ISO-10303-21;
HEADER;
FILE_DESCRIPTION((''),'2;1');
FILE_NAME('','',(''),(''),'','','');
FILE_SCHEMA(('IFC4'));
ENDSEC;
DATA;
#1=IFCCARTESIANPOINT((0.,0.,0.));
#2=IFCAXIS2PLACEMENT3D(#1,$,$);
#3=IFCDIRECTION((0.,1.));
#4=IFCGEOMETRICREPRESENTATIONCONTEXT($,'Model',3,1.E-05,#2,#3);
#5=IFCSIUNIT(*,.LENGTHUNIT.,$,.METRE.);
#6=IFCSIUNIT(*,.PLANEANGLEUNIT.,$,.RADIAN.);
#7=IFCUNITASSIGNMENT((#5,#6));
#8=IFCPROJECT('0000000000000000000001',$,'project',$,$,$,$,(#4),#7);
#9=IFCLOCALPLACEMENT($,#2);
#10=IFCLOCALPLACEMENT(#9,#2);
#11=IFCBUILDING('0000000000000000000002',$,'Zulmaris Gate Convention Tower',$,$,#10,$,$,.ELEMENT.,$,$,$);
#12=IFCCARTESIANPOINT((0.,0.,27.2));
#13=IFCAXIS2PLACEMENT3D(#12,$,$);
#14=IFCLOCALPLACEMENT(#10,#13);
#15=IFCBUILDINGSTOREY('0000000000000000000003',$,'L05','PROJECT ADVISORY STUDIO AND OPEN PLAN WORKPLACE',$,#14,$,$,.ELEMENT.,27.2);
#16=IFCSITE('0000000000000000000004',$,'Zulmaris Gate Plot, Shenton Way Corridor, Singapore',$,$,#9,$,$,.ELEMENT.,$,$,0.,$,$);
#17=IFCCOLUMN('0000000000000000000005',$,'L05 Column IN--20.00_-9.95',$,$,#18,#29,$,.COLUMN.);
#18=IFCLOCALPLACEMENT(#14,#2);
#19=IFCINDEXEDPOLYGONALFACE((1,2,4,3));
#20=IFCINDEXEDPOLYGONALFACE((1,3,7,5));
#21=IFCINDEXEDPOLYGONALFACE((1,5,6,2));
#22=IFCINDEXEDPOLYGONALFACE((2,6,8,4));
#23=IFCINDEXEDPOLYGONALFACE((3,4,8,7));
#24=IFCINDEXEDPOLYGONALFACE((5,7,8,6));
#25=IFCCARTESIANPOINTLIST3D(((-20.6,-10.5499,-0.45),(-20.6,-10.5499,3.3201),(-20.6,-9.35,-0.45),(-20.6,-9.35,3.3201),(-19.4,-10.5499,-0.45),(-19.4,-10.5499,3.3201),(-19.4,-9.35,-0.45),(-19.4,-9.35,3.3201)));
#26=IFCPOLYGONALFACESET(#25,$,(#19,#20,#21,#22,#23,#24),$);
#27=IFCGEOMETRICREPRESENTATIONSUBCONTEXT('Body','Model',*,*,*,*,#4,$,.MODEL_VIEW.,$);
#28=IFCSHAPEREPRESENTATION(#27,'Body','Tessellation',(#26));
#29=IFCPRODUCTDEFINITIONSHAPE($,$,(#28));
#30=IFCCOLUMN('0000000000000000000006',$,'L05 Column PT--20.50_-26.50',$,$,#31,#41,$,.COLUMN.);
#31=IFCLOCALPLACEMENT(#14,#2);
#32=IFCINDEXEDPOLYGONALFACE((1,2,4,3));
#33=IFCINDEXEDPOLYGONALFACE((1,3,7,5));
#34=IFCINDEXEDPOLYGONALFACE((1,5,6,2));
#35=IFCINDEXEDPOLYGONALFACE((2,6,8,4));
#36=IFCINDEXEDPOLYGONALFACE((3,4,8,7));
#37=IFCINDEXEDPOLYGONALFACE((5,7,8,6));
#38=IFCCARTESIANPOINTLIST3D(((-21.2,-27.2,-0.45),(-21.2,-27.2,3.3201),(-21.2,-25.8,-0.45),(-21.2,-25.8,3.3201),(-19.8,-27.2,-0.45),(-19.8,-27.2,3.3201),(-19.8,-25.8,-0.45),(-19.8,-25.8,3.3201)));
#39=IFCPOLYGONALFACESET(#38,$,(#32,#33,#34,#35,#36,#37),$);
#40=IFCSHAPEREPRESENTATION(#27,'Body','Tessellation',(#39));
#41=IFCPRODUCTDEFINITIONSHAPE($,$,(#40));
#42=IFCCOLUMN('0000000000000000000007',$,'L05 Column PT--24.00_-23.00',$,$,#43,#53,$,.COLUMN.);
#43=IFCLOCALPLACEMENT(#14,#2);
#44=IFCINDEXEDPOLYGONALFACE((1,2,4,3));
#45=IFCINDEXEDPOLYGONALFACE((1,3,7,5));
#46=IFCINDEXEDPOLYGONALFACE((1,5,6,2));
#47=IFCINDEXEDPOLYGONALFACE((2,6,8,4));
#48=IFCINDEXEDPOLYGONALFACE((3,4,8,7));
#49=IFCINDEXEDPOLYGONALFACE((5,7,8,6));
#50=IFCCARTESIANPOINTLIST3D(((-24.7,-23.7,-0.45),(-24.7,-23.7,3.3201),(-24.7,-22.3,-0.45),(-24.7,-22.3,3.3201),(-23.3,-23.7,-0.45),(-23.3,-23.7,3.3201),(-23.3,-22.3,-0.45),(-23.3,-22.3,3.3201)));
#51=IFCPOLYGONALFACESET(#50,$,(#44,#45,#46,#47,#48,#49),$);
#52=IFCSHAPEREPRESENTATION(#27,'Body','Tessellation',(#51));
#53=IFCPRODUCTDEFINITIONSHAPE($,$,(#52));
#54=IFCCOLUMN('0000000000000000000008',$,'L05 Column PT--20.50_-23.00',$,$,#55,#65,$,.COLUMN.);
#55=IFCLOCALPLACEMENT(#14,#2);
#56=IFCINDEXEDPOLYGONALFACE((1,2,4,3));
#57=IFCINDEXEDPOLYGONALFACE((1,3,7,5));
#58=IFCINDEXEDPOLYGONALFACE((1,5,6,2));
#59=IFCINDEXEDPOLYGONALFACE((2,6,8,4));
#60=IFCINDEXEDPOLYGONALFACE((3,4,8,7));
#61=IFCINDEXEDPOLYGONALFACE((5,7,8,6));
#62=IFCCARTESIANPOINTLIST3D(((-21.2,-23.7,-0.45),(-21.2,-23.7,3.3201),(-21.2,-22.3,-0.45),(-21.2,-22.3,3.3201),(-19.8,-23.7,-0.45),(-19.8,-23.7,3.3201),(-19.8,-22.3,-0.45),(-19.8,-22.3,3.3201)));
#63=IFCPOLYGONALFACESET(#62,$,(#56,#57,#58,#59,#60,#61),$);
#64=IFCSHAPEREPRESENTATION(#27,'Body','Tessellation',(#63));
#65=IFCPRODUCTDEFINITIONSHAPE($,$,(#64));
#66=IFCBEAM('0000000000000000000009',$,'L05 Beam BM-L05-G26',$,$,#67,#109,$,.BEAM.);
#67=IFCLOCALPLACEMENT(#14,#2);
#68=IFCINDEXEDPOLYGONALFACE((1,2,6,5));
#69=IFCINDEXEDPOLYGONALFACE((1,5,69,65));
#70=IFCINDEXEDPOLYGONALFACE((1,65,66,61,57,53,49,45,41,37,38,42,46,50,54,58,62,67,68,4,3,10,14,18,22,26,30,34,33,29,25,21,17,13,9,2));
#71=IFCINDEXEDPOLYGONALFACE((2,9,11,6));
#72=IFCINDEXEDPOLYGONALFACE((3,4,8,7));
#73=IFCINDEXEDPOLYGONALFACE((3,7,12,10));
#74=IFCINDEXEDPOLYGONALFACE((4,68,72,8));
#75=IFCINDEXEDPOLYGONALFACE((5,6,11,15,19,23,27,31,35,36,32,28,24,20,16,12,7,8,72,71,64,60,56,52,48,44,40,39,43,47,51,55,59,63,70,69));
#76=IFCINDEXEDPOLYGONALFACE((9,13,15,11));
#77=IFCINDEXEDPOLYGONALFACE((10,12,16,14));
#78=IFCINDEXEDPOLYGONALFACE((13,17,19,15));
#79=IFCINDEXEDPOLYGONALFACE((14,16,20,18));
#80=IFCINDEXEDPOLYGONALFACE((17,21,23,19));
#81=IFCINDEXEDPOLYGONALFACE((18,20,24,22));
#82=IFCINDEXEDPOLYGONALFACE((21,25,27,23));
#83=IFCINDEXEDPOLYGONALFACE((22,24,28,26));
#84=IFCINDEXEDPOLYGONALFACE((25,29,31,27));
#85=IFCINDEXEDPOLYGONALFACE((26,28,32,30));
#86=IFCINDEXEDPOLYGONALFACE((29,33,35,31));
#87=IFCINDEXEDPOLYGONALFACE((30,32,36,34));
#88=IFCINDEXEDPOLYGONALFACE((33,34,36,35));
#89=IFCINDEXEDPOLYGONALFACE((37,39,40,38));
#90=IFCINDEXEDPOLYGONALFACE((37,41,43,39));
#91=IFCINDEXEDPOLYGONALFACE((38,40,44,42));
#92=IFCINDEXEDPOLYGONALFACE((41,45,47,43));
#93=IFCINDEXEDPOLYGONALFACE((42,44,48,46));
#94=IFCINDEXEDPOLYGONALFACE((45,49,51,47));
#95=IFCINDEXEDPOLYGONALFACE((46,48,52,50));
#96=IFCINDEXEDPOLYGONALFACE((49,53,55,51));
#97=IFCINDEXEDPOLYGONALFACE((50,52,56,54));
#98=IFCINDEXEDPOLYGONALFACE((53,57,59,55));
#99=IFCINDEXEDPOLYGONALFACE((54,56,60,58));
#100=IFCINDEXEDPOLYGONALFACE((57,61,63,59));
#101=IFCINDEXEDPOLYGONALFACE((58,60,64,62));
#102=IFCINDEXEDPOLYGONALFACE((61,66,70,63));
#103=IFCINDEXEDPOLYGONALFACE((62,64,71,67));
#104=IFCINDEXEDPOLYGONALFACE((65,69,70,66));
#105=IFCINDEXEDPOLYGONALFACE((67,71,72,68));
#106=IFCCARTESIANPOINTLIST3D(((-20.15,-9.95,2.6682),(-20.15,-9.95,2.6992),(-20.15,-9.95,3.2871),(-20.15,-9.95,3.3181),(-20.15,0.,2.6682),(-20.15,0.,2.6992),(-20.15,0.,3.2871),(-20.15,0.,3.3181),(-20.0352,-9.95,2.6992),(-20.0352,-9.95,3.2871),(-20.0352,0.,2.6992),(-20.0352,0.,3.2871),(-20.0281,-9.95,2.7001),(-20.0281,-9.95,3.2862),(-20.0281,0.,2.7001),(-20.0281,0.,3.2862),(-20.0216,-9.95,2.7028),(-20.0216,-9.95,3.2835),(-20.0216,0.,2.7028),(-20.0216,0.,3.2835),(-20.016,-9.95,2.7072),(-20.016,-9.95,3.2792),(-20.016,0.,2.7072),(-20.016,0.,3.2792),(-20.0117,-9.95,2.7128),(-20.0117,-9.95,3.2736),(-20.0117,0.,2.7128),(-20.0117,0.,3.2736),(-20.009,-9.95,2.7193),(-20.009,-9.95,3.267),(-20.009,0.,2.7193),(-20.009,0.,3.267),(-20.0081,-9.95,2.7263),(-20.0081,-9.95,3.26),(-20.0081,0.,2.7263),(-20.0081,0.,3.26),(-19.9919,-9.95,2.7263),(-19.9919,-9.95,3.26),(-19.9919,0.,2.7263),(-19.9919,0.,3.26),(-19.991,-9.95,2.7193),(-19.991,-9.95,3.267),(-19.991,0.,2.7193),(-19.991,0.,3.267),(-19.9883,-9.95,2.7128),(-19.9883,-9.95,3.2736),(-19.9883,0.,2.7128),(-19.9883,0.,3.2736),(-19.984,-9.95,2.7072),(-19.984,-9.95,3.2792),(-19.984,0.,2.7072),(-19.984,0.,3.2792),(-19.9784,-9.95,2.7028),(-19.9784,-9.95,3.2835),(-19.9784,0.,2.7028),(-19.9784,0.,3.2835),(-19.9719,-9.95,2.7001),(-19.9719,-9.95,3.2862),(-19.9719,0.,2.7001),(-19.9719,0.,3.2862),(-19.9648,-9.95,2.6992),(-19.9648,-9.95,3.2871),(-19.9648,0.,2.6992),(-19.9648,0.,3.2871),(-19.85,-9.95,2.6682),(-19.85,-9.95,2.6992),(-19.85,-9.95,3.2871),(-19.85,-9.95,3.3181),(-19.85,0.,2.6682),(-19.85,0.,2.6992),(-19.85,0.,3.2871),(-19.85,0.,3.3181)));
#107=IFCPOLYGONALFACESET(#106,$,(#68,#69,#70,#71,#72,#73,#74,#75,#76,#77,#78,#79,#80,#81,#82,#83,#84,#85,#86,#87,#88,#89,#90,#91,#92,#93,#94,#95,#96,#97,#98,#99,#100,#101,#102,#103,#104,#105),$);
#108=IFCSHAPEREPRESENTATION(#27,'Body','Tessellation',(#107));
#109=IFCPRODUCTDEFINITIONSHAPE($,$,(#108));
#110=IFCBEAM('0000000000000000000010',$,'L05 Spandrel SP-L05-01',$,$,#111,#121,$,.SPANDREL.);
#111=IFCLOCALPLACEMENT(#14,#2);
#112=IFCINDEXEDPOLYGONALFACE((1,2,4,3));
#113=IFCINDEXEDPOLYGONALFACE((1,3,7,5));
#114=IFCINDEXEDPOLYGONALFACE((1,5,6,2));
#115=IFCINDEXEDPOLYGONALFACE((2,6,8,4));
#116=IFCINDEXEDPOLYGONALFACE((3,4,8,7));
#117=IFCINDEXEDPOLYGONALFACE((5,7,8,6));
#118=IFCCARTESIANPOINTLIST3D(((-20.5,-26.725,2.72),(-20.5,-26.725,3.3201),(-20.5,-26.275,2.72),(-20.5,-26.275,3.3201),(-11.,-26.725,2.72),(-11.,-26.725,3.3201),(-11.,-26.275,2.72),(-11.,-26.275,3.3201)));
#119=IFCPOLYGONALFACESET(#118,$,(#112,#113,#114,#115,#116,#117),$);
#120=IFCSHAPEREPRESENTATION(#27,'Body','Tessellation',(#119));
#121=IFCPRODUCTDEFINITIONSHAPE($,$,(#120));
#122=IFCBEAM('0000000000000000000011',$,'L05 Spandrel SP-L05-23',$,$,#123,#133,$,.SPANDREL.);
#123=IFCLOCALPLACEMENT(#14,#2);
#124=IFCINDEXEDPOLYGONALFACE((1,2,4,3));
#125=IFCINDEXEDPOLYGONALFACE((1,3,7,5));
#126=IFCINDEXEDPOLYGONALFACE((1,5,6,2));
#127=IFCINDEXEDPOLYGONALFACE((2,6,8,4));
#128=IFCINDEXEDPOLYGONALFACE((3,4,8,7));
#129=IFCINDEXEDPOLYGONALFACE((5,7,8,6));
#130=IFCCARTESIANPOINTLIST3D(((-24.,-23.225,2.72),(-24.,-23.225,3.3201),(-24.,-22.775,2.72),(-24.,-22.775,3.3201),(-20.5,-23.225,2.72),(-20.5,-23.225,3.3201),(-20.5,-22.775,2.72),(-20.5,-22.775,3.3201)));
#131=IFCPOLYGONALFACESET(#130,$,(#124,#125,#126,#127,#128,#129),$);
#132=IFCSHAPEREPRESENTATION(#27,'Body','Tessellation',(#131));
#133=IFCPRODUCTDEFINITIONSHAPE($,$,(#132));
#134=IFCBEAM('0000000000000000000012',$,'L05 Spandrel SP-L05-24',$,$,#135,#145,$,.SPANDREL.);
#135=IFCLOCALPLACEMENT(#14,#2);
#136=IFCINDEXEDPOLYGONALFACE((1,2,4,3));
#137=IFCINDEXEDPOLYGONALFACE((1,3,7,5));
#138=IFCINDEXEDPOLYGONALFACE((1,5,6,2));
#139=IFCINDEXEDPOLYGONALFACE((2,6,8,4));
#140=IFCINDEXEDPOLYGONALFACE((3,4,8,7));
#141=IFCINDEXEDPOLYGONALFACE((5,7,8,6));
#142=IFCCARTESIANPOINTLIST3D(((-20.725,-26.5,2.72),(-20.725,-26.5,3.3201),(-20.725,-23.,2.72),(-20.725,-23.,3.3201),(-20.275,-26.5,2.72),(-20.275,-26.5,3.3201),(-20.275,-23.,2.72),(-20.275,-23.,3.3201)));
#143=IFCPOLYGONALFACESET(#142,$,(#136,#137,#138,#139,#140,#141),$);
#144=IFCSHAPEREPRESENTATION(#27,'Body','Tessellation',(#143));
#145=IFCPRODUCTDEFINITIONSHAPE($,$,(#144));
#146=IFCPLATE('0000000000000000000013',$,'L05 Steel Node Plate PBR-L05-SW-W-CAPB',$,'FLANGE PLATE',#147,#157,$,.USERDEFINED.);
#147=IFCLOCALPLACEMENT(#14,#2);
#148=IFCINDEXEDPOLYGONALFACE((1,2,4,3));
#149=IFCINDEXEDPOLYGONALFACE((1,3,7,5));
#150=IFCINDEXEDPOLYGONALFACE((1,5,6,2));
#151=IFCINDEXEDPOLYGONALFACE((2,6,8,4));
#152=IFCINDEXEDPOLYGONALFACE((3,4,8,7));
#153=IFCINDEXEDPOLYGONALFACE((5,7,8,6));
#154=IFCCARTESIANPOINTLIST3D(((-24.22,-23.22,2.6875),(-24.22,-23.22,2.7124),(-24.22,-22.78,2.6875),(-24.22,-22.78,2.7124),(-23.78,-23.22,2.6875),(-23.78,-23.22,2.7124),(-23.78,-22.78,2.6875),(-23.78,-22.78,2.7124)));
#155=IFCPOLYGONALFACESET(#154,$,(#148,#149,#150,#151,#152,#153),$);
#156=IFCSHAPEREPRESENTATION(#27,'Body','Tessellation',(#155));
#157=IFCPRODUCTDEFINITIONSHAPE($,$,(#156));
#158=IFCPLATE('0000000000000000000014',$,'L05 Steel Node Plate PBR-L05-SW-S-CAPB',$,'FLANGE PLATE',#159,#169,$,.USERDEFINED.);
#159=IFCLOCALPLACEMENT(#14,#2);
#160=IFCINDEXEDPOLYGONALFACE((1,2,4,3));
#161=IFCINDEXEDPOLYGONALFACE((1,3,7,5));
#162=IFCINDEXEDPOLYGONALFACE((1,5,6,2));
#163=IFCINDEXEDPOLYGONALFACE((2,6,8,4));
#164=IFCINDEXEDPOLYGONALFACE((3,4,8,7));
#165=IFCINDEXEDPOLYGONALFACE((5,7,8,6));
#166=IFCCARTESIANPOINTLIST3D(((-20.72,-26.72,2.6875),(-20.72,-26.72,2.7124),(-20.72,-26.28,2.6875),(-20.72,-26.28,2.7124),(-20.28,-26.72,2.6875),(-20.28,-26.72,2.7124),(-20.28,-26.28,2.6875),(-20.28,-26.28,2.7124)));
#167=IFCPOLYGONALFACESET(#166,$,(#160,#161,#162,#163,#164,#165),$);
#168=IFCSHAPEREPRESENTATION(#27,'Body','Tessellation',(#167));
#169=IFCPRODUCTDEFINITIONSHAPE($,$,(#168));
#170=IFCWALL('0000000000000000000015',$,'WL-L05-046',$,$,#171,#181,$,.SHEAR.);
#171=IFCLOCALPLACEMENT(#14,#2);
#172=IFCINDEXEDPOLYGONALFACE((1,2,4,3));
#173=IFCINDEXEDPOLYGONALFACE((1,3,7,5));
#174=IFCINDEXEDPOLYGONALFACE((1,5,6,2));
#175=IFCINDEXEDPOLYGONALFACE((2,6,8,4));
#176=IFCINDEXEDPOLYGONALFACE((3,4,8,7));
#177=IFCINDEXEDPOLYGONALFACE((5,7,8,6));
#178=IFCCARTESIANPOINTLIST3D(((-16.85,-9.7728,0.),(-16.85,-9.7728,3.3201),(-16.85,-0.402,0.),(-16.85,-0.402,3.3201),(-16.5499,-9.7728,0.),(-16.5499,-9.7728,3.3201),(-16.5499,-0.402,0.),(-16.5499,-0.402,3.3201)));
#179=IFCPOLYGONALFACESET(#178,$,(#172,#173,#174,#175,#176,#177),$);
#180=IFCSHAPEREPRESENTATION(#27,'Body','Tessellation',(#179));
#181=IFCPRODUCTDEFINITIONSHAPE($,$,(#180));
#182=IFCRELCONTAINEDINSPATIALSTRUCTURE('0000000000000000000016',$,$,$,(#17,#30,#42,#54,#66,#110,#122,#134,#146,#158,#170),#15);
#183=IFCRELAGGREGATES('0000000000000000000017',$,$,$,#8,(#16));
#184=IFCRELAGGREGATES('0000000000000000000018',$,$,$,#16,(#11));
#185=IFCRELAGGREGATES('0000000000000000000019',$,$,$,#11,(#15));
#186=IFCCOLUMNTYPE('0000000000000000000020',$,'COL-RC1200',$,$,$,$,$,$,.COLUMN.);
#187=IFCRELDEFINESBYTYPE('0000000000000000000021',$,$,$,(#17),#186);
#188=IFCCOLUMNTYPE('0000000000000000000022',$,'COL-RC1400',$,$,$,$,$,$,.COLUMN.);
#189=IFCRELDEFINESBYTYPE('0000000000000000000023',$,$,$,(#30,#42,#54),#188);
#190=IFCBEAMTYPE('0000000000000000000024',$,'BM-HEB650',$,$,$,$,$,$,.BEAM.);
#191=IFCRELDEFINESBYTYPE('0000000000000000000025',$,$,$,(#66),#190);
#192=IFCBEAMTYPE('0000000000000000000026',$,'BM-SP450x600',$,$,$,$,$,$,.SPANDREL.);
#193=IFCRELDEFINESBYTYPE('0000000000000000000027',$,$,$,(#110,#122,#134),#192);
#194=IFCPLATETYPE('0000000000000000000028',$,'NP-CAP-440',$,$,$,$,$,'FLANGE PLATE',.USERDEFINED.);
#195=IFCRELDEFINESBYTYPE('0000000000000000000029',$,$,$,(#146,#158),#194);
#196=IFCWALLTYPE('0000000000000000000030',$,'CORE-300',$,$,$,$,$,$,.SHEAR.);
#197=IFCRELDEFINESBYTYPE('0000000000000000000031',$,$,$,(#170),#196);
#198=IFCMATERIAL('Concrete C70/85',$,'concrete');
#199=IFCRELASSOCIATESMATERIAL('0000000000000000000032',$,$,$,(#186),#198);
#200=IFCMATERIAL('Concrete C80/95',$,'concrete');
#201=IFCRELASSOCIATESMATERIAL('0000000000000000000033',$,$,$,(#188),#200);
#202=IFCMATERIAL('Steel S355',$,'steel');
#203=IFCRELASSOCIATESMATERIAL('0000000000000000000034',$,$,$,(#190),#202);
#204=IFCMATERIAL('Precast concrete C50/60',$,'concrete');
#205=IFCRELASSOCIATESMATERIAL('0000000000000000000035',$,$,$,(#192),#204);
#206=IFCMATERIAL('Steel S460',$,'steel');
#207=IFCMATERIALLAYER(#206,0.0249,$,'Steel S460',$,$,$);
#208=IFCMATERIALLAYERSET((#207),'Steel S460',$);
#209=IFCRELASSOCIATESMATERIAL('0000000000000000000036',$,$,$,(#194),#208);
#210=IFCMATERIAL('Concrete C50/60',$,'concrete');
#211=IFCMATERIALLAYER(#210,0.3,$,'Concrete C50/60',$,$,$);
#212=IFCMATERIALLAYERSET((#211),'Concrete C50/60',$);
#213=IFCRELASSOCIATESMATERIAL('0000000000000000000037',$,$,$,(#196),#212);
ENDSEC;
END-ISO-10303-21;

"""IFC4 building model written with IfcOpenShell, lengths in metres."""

from ifc_helpers import new_model, si_unit, direction, frame, frame_2d, origin, origin_2d, place, context, subcontext, project, spatial, rectangle, i_section, extrude, material, layer, layer_set, material_profile, profile_set, type_object, element, save


model = new_model("IFC4")

# Units and contexts
model_context = context("Model", 3, precision=1e-05, world=origin(), true_north=direction((0.0, 1.0)))
body_context = subcontext(model_context, "Body", "Model", "MODEL_VIEW")
ifc_project = project(units=[si_unit("LENGTHUNIT", "METRE"), si_unit("PLANEANGLEUNIT", "RADIAN")], contexts=[model_context])

# Site, building, storey
site_placement = place(None, origin())
site = spatial("IfcSite", under=ifc_project, at=site_placement, Name="Zulmaris Gate Plot, Shenton Way Corridor, Singapore", CompositionType="ELEMENT", RefElevation=0.0)
building_placement = place(site_placement, origin())
building = spatial("IfcBuilding", under=site, at=building_placement, Name="Zulmaris Gate Convention Tower", CompositionType="ELEMENT")
storey_placement = place(building_placement, frame((0.0, 0.0, 27.2)))
storey = spatial("IfcBuildingStorey", under=building, at=storey_placement, Name="L05", Description="PROJECT ADVISORY STUDIO AND OPEN PLAN WORKPLACE", CompositionType="ELEMENT", Elevation=27.2)

# Columns
ifc_material_1 = material(Name="Concrete C70/85", Category="concrete")
ifc_material_profile_1 = material_profile(ifc_material_1, rectangle(XDim=1.2, YDim=1.2, at=origin_2d()), Name="RC COL 1200x1200")
ifc_profile_set_1 = profile_set([ifc_material_profile_1], Name="Concrete C70/85")
column_type_1 = type_object("IfcColumnType", Name="COL-RC1200", PredefinedType="COLUMN", material=ifc_profile_set_1)
column_placement = place(storey_placement, frame((-20.0, -9.95, -0.45), z_axis=(0.0, 0.0, 1.0), x_axis=(1.0, 0.0, 0.0)))
element("IfcColumn", 1, at=column_placement, inside=storey, type_object=column_type_1, Name="L05 Column IN--20.00_-9.95", PredefinedType="COLUMN", context=body_context, shape_type="SweptSolid", body=[
    extrude(rectangle(XDim=1.2, YDim=1.2, at=origin_2d()), origin(), (0.0, 0.0, 1.0), 3.77),
])
ifc_material_2 = material(Name="Concrete C80/95", Category="concrete")
ifc_material_profile_2 = material_profile(ifc_material_2, rectangle(XDim=1.3999, YDim=1.3999, at=origin_2d()), Name="RC COL 1400x1400")
ifc_profile_set_2 = profile_set([ifc_material_profile_2], Name="Concrete C80/95")
column_type_2 = type_object("IfcColumnType", Name="COL-RC1400", PredefinedType="COLUMN", material=ifc_profile_set_2)
for number, where, z_axis, x_axis, name in (
    (2, (-20.5, -26.5, -0.45), (0.0, 0.0, 1.0), (1.0, 0.0, 0.0), "L05 Column PT--20.50_-26.50"),
    (3, (-24.0, -23.0, -0.45), (0.0, 0.0, 1.0), (1.0, 0.0, 0.0), "L05 Column PT--24.00_-23.00"),
    (4, (-20.5, -23.0, -0.45), (0.0, 0.0, 1.0), (1.0, 0.0, 0.0), "L05 Column PT--20.50_-23.00"),
):
    element("IfcColumn", number, at=place(storey_placement, frame(where, z_axis=z_axis, x_axis=x_axis)), inside=storey, type_object=column_type_2, Name=name, PredefinedType="COLUMN", context=body_context, shape_type="SweptSolid", body=[
        extrude(rectangle(XDim=1.3999, YDim=1.3999, at=origin_2d()), origin(), (0.0, 0.0, 1.0), 3.77),
    ])

# Beams
ifc_material_3 = material(Name="Steel S355", Category="steel")
ifc_material_profile_3 = material_profile(ifc_material_3, i_section(OverallWidth=0.3, OverallDepth=0.6499, WebThickness=0.0161, FlangeThickness=0.031, FilletRadius=0.0271, at=origin_2d()), Name="HEB 650")
ifc_profile_set_3 = profile_set([ifc_material_profile_3], Name="Steel S355")
beam_type_1 = type_object("IfcBeamType", Name="BM-HEB650", PredefinedType="BEAM", material=ifc_profile_set_3)
beam_1_placement = place(storey_placement, frame((-20.0, -9.95, 2.9932), z_axis=(0.0, 1.0, 0.0), x_axis=(-1.0, 0.0, 0.0)))
element("IfcBeam", 5, at=beam_1_placement, inside=storey, type_object=beam_type_1, Name="L05 Beam BM-L05-G26", PredefinedType="BEAM", context=body_context, shape_type="SweptSolid", body=[
    extrude(i_section(OverallWidth=0.3, OverallDepth=0.6499, WebThickness=0.0161, FlangeThickness=0.031, FilletRadius=0.0271, at=origin_2d()), origin(), (0.0, 0.0, 1.0), 9.95),
])
ifc_material_4 = material(Name="Precast concrete C50/60", Category="concrete")
ifc_material_profile_4 = material_profile(ifc_material_4, rectangle(XDim=0.45, YDim=0.6001, at=origin_2d()), Name="RC SPANDREL 450x600")
ifc_profile_set_4 = profile_set([ifc_material_profile_4], Name="Precast concrete C50/60")
beam_type_2 = type_object("IfcBeamType", Name="BM-SP450x600", PredefinedType="SPANDREL", material=ifc_profile_set_4)
beam_2_placement = place(storey_placement, frame((-20.5, -26.5, 3.02), z_axis=(1.0, 0.0, 0.0), x_axis=(0.0, 1.0, 0.0)))
element("IfcBeam", 6, at=beam_2_placement, inside=storey, type_object=beam_type_2, Name="L05 Spandrel SP-L05-01", PredefinedType="SPANDREL", context=body_context, shape_type="SweptSolid", body=[
    extrude(rectangle(XDim=0.45, YDim=0.6001, at=origin_2d()), origin(), (0.0, 0.0, 1.0), 9.5),
])
for number, where, z_axis, x_axis, name in (
    (7, (-24.0, -23.0, 3.02), (1.0, 0.0, 0.0), (0.0, 1.0, 0.0), "L05 Spandrel SP-L05-23"),
    (8, (-20.5, -23.0, 3.02), (0.0, -1.0, 0.0), (1.0, 0.0, 0.0), "L05 Spandrel SP-L05-24"),
):
    element("IfcBeam", number, at=place(storey_placement, frame(where, z_axis=z_axis, x_axis=x_axis)), inside=storey, type_object=beam_type_2, Name=name, PredefinedType="SPANDREL", context=body_context, shape_type="SweptSolid", body=[
        extrude(rectangle(XDim=0.45, YDim=0.6001, at=origin_2d()), origin(), (0.0, 0.0, 1.0), 3.5),
    ])

# Plates
ifc_material_5 = material(Name="Steel S460", Category="steel")
ifc_layer_1 = layer(ifc_material_5, 0.0249, Name="Steel S460")
ifc_layer_set_1 = layer_set([ifc_layer_1], Name="Steel S460")
plate_type = type_object("IfcPlateType", Name="NP-CAP-440", ElementType="FLANGE PLATE", PredefinedType="USERDEFINED", material=ifc_layer_set_1)
for number, where, z_axis, x_axis, name in (
    (9, (-24.0, -23.0, 2.6875), (0.0, 0.0, 1.0), (1.0, 0.0, 0.0), "L05 Steel Node Plate PBR-L05-SW-W-CAPB"),
    (10, (-20.5, -26.5, 2.6875), (0.0, 0.0, 1.0), (1.0, 0.0, 0.0), "L05 Steel Node Plate PBR-L05-SW-S-CAPB"),
):
    element("IfcPlate", number, at=place(storey_placement, frame(where, z_axis=z_axis, x_axis=x_axis)), inside=storey, type_object=plate_type, Name=name, ObjectType="FLANGE PLATE", PredefinedType="USERDEFINED", context=body_context, shape_type="SweptSolid", body=[
        extrude(rectangle(XDim=0.4399, YDim=0.4399, at=origin_2d()), origin(), (0.0, 0.0, 1.0), 0.0249),
    ])

# Wall
ifc_material_6 = material(Name="Concrete C50/60", Category="concrete")
ifc_layer_2 = layer(ifc_material_6, 0.3, Name="Concrete C50/60")
ifc_layer_set_2 = layer_set([ifc_layer_2], Name="Concrete C50/60")
wall_type_1 = type_object("IfcWallType", Name="CORE-300", PredefinedType="SHEAR", material=ifc_layer_set_2)
wall_1_placement = place(storey_placement, frame((-16.7, -9.7729, 0.0), z_axis=(0.0, 0.0, 1.0), x_axis=(0.0, 1.0, 0.0)))
element("IfcWall", 11, at=wall_1_placement, inside=storey, type_object=wall_type_1, Name="WL-L05-046", PredefinedType="SHEAR", context=body_context, shape_type="SweptSolid", body=[
    extrude(rectangle(XDim=9.3708, YDim=0.3, at=frame_2d((4.6855, 0.0))), origin(), (0.0, 0.0, 1.0), 3.3201),
])

save(model, "model.ifc")
